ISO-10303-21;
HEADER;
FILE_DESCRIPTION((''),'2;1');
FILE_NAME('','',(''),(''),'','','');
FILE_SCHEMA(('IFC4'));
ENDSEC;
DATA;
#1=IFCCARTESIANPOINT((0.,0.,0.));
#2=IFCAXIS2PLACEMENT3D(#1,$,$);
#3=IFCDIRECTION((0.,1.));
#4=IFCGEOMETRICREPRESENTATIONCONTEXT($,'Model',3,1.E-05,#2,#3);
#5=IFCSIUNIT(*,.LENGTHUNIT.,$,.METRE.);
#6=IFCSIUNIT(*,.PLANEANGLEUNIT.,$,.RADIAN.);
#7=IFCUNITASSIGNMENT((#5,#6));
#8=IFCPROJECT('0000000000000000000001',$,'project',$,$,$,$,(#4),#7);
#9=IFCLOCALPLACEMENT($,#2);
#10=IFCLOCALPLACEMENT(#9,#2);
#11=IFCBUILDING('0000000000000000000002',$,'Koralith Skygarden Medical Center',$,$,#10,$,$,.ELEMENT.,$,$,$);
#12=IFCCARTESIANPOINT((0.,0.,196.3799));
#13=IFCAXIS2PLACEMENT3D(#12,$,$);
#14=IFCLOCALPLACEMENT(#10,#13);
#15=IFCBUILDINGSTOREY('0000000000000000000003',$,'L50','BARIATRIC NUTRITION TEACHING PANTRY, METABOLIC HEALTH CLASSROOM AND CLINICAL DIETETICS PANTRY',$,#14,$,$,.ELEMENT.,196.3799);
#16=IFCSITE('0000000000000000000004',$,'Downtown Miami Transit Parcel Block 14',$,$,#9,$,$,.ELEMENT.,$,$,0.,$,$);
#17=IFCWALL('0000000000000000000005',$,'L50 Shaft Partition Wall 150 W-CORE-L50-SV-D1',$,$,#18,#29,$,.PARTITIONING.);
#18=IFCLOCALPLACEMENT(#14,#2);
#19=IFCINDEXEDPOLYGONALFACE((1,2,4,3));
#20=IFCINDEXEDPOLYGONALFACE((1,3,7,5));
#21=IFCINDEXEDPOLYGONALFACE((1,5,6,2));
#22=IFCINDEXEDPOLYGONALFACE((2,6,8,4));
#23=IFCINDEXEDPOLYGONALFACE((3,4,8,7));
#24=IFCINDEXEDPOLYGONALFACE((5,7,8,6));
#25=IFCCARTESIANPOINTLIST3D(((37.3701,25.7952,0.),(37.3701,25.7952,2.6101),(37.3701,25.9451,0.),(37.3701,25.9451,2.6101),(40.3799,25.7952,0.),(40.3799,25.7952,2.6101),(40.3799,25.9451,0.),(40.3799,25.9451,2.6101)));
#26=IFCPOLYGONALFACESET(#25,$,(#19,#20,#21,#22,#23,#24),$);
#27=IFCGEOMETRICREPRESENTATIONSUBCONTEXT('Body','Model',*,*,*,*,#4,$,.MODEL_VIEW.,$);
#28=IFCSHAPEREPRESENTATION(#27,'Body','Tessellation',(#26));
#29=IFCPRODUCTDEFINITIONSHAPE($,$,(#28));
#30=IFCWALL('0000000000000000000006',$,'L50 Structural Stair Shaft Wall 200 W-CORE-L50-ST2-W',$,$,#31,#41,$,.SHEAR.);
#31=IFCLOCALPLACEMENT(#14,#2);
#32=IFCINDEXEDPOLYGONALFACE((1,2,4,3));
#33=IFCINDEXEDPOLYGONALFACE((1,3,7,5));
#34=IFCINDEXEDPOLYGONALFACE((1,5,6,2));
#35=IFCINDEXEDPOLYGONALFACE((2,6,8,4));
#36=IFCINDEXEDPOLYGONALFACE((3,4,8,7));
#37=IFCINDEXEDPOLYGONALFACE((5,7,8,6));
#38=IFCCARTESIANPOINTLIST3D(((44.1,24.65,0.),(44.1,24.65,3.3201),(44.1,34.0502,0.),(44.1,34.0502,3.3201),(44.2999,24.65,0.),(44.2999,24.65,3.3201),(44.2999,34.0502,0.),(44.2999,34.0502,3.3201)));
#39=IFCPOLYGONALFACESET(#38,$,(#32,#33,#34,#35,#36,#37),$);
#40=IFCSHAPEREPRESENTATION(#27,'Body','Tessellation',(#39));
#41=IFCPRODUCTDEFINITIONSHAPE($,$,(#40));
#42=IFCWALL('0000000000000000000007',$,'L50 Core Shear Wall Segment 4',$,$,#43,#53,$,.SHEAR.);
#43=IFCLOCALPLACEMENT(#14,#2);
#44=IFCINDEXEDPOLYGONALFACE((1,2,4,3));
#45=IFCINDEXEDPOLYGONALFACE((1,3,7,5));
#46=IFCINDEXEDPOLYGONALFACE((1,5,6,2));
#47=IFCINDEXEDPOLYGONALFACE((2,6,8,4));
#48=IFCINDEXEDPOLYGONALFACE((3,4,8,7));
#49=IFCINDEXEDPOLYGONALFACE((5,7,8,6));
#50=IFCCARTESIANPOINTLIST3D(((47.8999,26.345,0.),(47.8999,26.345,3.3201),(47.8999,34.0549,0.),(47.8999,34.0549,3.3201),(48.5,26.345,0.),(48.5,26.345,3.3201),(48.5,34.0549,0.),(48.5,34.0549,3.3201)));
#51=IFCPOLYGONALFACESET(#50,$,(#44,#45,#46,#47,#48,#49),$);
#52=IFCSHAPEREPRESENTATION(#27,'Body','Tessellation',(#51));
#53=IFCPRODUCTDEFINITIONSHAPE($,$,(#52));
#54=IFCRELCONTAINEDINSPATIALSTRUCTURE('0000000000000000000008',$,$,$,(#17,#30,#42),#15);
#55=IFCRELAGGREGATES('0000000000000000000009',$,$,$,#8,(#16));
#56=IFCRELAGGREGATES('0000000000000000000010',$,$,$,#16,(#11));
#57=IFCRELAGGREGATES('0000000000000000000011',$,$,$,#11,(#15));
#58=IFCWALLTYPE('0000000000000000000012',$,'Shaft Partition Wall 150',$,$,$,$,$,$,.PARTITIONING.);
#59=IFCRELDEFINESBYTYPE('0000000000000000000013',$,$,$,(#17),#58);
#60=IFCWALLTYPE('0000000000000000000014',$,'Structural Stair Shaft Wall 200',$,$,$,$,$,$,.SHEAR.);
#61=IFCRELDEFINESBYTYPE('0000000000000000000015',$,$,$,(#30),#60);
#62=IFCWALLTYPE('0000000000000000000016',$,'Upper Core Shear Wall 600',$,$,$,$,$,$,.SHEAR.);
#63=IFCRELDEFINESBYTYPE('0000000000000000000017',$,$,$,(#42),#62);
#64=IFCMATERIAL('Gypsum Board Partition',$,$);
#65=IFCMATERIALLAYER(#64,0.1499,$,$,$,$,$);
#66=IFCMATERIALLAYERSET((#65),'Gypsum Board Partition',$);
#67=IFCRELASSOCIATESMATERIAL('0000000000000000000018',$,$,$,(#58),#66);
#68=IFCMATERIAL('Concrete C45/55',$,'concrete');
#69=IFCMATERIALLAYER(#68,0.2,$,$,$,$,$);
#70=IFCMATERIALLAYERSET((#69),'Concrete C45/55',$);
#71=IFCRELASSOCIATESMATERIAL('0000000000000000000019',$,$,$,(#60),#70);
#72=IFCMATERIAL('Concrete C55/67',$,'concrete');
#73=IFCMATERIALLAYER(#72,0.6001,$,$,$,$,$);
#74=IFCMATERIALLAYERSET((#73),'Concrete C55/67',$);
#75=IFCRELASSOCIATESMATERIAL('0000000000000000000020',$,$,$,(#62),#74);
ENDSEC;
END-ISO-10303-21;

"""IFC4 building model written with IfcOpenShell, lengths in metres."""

from ifc_helpers import new_model, si_unit, direction, frame, frame_2d, origin, place, context, subcontext, project, spatial, rectangle, extrude, material, layer, layer_set, type_object, element, save


model = new_model("IFC4")

# Units and contexts
model_context = context("Model", 3, precision=1e-05, world=origin(), true_north=direction((0.0, 1.0)))
body_context = subcontext(model_context, "Body", "Model", "MODEL_VIEW")
ifc_project = project(units=[si_unit("LENGTHUNIT", "METRE"), si_unit("PLANEANGLEUNIT", "RADIAN")], contexts=[model_context])

# Site, building, storey
site_placement = place(None, origin())
site = spatial("IfcSite", under=ifc_project, at=site_placement, Name="Downtown Miami Transit Parcel Block 14", CompositionType="ELEMENT", RefElevation=0.0)
building_placement = place(site_placement, origin())
building = spatial("IfcBuilding", under=site, at=building_placement, Name="Koralith Skygarden Medical Center", CompositionType="ELEMENT")
storey_placement = place(building_placement, frame((0.0, 0.0, 196.3799)))
storey = spatial("IfcBuildingStorey", under=building, at=storey_placement, Name="L50", Description="BARIATRIC NUTRITION TEACHING PANTRY, METABOLIC HEALTH CLASSROOM AND CLINICAL DIETETICS PANTRY", CompositionType="ELEMENT", Elevation=196.3799)

# Shared definitions
ifc_material_1 = material(Name="Concrete C55/67", Category="concrete")

# Shared definitions
ifc_material_2 = material(Name="Concrete C45/55", Category="concrete")

# Shared definitions
ifc_material_3 = material(Name="Gypsum Board Partition")

# Walls
ifc_layer_1 = layer(ifc_material_3, 0.1499)
ifc_layer_set_1 = layer_set([ifc_layer_1], Name="Gypsum Board Partition")
wall_type_1 = type_object("IfcWallType", Name="Shaft Partition Wall 150", PredefinedType="PARTITIONING", material=ifc_layer_set_1)
wall_1_placement = place(storey_placement, frame((37.3701, 25.8701, 0.0), z_axis=(0.0, 0.0, 1.0), x_axis=(1.0, 0.0, 0.0)))
element("IfcWall", 1, at=wall_1_placement, inside=storey, type_object=wall_type_1, Name="L50 Shaft Partition Wall 150 W-CORE-L50-SV-D1", PredefinedType="PARTITIONING", context=body_context, shape_type="SweptSolid", body=[
    extrude(rectangle(XDim=3.0098, YDim=0.1499, at=frame_2d((1.5049, 0.0))), origin(), (0.0, 0.0, 1.0), 2.6101),
])
ifc_layer_2 = layer(ifc_material_2, 0.2)
ifc_layer_set_2 = layer_set([ifc_layer_2], Name="Concrete C45/55")
wall_type_2 = type_object("IfcWallType", Name="Structural Stair Shaft Wall 200", PredefinedType="SHEAR", material=ifc_layer_set_2)
wall_2_placement = place(storey_placement, frame((44.2, 24.6499, 0.0), z_axis=(0.0, 0.0, 1.0), x_axis=(0.0, 1.0, 0.0)))
element("IfcWall", 2, at=wall_2_placement, inside=storey, type_object=wall_type_2, Name="L50 Structural Stair Shaft Wall 200 W-CORE-L50-ST2-W", PredefinedType="SHEAR", context=body_context, shape_type="SweptSolid", body=[
    extrude(rectangle(XDim=9.4001, YDim=0.2, at=frame_2d((4.7002, 0.0))), origin(), (0.0, 0.0, 1.0), 3.3201),
])

# Shared definitions
ifc_layer_3 = layer(ifc_material_1, 0.6001)
ifc_layer_set_3 = layer_set([ifc_layer_3], Name="Concrete C55/67")
wall_type_3 = type_object("IfcWallType", Name="Upper Core Shear Wall 600", PredefinedType="SHEAR", material=ifc_layer_set_3)

# Wall
wall_3_placement = place(storey_placement, frame((48.2, 26.345, 0.0), z_axis=(0.0, 0.0, 1.0), x_axis=(0.0, 1.0, 0.0)))
element("IfcWall", 3, at=wall_3_placement, inside=storey, type_object=wall_type_3, Name="L50 Core Shear Wall Segment 4", PredefinedType="SHEAR", context=body_context, shape_type="SweptSolid", body=[
    extrude(rectangle(XDim=7.71, YDim=0.6001, at=frame_2d((3.855, 0.0))), origin(), (0.0, 0.0, 1.0), 3.3201),
])

save(model, "model.ifc")
